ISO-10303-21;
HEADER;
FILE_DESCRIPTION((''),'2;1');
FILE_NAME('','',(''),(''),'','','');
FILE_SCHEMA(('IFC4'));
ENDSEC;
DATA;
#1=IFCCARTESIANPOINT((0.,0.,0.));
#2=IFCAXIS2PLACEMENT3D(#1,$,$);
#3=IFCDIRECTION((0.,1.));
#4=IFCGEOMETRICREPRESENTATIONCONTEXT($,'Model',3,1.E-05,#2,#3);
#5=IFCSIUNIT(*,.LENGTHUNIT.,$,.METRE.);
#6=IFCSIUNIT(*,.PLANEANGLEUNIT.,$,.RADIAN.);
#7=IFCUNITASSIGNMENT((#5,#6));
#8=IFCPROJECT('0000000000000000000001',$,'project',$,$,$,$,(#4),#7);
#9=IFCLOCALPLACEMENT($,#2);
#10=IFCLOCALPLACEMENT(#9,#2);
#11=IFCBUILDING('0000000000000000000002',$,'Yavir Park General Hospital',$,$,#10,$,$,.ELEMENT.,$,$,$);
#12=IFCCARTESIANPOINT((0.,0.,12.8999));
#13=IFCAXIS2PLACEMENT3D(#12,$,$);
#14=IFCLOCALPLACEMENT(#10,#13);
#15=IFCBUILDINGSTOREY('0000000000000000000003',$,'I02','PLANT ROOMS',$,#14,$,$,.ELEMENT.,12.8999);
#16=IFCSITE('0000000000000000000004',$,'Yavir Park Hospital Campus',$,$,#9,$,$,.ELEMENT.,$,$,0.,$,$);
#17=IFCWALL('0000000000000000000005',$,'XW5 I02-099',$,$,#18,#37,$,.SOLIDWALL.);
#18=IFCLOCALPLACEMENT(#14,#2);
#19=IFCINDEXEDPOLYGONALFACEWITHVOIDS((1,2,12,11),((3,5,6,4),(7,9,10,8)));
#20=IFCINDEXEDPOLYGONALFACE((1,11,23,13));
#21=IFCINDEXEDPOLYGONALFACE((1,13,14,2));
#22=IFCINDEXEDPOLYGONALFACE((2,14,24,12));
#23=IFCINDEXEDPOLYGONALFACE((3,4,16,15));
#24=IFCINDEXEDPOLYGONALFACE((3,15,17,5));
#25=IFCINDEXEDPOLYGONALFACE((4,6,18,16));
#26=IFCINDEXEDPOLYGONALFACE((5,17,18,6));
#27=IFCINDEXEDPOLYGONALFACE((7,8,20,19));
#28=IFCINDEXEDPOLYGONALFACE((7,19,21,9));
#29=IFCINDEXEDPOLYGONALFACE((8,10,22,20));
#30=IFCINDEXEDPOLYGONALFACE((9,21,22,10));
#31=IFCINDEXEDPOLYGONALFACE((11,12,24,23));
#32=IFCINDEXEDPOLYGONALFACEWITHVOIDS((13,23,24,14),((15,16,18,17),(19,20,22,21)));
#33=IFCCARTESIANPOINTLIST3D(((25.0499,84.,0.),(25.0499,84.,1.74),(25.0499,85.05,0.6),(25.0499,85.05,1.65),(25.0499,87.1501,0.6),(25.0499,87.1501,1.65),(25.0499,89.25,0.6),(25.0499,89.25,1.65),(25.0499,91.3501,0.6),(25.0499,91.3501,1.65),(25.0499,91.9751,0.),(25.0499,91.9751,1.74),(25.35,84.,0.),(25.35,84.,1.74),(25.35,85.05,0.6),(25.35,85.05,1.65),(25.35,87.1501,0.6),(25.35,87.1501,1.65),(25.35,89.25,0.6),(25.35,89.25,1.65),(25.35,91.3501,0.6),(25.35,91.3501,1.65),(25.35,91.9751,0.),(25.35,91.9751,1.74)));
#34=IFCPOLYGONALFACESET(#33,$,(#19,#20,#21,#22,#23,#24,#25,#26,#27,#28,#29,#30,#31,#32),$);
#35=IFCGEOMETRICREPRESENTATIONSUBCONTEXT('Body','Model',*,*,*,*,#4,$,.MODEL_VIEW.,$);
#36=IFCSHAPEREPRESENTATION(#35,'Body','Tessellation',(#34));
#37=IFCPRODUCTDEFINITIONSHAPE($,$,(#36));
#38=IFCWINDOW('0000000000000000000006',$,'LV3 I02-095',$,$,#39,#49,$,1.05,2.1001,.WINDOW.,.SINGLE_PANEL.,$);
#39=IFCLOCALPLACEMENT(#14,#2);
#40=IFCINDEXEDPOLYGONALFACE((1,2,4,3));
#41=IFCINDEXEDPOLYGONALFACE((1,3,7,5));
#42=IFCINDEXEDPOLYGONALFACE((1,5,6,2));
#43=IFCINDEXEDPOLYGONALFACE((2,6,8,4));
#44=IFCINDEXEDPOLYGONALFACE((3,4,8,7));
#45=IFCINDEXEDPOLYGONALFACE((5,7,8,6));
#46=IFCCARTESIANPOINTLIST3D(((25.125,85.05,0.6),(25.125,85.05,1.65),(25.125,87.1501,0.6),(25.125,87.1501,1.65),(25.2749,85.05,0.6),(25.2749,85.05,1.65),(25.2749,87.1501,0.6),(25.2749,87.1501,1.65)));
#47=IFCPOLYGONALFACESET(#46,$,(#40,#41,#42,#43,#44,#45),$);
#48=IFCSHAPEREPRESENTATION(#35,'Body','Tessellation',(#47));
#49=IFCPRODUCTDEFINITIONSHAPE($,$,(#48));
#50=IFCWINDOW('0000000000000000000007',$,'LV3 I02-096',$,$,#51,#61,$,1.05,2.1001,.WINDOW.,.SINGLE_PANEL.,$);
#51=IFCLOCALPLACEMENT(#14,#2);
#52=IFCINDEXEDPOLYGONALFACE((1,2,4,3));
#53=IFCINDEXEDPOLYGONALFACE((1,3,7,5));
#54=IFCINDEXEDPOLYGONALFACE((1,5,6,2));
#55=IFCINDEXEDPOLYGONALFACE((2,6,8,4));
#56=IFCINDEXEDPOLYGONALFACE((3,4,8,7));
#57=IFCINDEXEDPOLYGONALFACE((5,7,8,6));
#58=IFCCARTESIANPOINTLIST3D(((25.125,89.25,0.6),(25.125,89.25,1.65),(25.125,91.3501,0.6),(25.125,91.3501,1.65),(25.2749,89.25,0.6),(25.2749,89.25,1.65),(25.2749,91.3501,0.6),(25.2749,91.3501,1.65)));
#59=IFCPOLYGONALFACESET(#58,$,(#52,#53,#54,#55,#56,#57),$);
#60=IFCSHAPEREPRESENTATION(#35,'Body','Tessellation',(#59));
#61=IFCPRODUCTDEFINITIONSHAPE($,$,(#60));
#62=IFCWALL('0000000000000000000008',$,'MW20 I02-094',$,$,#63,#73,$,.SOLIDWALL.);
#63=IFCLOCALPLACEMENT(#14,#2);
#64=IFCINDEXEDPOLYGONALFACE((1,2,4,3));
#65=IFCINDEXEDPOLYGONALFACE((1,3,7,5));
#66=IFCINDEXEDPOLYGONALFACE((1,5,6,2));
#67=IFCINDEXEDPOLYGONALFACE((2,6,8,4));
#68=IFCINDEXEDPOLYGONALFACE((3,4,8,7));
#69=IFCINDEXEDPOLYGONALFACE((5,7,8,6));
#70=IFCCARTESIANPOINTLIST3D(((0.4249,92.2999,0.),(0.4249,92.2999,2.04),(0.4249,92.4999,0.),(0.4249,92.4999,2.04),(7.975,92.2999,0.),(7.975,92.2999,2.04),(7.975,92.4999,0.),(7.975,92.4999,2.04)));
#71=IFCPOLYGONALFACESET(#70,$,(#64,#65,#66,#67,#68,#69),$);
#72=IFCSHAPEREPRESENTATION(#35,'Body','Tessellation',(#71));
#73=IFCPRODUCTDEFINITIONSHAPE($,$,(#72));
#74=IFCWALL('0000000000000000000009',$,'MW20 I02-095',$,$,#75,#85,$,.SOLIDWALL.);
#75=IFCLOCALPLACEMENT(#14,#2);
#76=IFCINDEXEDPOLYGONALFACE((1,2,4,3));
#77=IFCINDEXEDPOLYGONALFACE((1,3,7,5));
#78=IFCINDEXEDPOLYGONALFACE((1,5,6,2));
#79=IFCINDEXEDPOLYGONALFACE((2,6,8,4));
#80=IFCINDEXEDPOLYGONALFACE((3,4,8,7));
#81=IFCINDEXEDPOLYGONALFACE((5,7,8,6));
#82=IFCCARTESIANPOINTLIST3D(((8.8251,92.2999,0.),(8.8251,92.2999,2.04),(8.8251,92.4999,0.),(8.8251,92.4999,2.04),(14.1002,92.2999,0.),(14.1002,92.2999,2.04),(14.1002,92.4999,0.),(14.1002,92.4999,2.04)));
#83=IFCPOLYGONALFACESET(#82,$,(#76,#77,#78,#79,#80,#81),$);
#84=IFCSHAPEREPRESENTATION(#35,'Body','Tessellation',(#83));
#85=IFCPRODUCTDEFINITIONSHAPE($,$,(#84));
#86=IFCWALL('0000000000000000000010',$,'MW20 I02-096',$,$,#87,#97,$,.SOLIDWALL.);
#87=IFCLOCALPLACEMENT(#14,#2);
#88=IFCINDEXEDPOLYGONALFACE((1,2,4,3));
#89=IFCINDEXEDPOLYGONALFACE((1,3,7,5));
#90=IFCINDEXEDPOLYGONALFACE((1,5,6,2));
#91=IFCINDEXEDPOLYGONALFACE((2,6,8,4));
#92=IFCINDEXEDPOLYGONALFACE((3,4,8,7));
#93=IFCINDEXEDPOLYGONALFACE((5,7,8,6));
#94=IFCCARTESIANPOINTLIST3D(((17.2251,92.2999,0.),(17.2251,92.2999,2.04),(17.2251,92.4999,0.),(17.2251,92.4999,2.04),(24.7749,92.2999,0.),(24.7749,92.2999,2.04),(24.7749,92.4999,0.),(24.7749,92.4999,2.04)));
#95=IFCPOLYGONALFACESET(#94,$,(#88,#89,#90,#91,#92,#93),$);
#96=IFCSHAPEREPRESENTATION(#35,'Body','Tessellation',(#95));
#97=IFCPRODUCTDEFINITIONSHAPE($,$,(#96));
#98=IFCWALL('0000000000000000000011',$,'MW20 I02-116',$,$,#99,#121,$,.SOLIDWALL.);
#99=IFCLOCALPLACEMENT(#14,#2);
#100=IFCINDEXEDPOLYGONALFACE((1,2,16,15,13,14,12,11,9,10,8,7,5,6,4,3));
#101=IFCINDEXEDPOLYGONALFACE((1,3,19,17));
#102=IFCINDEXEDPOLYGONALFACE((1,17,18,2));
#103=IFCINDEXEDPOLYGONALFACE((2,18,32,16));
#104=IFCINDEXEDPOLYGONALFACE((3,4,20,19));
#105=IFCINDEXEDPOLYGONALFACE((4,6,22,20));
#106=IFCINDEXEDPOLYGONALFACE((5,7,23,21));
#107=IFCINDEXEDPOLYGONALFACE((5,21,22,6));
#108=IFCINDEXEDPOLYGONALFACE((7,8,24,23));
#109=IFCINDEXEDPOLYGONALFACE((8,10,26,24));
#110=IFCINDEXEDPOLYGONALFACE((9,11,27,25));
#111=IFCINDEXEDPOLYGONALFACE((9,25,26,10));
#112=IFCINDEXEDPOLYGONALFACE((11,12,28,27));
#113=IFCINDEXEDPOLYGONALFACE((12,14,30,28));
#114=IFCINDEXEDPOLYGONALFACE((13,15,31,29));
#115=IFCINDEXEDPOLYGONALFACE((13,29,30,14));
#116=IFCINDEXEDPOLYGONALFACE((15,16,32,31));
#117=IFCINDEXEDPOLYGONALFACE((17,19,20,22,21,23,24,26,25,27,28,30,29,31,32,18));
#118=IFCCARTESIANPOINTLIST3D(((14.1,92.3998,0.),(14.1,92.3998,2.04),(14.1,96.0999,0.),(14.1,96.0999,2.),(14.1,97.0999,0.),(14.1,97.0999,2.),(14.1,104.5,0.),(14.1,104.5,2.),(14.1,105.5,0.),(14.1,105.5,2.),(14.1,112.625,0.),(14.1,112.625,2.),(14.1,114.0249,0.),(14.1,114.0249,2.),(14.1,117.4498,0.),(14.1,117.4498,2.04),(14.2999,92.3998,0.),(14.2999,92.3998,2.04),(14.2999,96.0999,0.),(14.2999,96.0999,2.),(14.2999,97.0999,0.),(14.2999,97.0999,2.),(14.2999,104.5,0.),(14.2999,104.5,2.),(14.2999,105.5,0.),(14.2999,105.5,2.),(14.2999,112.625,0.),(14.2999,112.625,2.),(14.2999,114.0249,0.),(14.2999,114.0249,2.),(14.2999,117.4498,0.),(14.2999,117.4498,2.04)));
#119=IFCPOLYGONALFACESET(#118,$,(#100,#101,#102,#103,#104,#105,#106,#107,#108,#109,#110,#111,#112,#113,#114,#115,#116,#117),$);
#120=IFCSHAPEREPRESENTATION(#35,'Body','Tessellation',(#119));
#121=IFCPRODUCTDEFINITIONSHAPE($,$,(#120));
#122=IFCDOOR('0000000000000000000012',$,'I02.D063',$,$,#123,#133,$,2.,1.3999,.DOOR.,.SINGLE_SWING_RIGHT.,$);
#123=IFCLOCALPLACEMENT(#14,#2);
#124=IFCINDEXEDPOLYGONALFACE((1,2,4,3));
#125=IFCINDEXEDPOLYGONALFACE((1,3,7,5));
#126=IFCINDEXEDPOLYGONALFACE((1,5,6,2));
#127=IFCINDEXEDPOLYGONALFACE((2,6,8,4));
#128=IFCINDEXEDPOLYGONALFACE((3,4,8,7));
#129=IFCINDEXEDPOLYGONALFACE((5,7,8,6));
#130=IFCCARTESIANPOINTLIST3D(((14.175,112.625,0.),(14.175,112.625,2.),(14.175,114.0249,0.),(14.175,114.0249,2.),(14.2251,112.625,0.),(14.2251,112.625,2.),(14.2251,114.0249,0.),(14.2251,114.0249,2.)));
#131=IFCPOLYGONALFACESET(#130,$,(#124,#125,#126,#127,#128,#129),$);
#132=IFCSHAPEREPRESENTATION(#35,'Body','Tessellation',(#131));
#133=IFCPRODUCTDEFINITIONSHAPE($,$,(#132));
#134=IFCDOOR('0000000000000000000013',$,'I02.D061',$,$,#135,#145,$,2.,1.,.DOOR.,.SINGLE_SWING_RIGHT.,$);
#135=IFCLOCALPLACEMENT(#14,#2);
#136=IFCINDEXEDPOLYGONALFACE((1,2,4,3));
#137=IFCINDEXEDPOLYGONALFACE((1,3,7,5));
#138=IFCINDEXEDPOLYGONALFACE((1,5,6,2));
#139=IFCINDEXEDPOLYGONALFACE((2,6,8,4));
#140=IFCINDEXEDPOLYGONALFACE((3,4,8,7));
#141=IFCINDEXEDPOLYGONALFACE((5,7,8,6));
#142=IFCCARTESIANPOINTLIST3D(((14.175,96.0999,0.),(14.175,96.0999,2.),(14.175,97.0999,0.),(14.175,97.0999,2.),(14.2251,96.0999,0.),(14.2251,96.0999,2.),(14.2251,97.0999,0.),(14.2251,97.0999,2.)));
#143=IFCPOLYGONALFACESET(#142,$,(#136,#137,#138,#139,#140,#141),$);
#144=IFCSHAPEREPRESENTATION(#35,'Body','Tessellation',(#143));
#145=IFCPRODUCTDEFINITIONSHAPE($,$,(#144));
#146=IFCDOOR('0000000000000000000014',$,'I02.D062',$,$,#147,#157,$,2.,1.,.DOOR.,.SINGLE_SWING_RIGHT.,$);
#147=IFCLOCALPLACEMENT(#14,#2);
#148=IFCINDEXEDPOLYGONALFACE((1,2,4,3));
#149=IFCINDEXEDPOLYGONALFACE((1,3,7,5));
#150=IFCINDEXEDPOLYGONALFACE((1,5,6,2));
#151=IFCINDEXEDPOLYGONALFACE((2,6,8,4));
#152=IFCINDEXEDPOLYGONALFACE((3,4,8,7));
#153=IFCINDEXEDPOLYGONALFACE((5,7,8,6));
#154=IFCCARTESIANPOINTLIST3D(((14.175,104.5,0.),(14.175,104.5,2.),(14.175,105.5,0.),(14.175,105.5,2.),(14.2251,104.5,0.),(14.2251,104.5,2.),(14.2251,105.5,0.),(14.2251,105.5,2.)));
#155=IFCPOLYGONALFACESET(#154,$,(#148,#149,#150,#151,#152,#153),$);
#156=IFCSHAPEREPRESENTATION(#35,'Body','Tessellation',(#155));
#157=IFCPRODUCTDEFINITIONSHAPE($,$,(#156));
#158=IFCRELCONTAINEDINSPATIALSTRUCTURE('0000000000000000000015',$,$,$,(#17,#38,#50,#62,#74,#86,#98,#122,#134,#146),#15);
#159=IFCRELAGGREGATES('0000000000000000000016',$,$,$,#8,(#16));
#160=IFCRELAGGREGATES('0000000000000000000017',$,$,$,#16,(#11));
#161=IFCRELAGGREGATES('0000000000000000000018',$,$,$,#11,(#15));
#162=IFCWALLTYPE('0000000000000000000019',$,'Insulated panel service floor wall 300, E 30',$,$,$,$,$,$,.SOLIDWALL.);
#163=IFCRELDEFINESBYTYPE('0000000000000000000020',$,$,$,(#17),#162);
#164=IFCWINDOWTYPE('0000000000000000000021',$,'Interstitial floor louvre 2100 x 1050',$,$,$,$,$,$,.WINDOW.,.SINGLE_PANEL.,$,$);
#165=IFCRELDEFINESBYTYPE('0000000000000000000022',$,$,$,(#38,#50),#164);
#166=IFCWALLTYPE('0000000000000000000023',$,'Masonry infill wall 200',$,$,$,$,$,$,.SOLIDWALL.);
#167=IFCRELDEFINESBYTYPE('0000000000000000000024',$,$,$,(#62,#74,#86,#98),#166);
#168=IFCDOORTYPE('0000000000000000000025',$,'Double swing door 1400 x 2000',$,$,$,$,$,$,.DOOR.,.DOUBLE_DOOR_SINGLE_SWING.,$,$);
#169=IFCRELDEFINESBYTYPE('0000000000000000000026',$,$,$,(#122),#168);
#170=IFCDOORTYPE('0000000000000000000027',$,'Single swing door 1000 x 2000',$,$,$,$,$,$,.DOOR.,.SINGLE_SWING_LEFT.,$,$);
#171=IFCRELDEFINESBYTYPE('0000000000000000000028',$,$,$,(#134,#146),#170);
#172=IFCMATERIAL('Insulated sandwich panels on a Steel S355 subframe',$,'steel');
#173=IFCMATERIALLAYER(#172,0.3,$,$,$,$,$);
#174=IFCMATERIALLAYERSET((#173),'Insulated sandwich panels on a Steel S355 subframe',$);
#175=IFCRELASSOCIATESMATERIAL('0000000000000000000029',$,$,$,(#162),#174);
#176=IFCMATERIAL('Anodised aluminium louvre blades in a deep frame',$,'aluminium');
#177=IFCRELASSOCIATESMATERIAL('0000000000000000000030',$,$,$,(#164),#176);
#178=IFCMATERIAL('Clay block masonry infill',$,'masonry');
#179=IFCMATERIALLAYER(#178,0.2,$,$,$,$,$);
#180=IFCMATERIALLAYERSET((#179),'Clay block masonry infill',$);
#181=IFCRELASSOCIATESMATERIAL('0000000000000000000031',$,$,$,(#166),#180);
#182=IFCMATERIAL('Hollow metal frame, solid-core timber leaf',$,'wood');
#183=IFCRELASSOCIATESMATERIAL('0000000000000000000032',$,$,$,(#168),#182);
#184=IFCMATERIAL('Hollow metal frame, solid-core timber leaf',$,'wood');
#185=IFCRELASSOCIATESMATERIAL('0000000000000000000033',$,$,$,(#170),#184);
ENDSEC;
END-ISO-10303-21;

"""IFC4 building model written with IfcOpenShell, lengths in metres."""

from ifc_helpers import new_model, si_unit, direction, frame, frame_2d, origin, place, context, subcontext, project, spatial, rectangle, extrude, material, layer, layer_set, type_object, element, fill, save


model = new_model("IFC4")

# Units and contexts
model_context = context("Model", 3, precision=1e-05, world=origin(), true_north=direction((0.0, 1.0)))
body_context = subcontext(model_context, "Body", "Model", "MODEL_VIEW")
ifc_project = project(units=[si_unit("LENGTHUNIT", "METRE"), si_unit("PLANEANGLEUNIT", "RADIAN")], contexts=[model_context])

# Site, building, storey
site_placement = place(None, origin())
site = spatial("IfcSite", under=ifc_project, at=site_placement, Name="Yavir Park Hospital Campus", CompositionType="ELEMENT", RefElevation=0.0)
building_placement = place(site_placement, origin())
building = spatial("IfcBuilding", under=site, at=building_placement, Name="Yavir Park General Hospital", CompositionType="ELEMENT")
storey_placement = place(building_placement, frame((0.0, 0.0, 12.8999)))
storey = spatial("IfcBuildingStorey", under=building, at=storey_placement, Name="I02", Description="PLANT ROOMS", CompositionType="ELEMENT", Elevation=12.8999)

# Wall, openings, windows
ifc_material_1 = material(Name="Insulated sandwich panels on a Steel S355 subframe", Category="steel")
ifc_layer_1 = layer(ifc_material_1, 0.3)
ifc_layer_set_1 = layer_set([ifc_layer_1], Name="Insulated sandwich panels on a Steel S355 subframe")
wall_type_1 = type_object("IfcWallType", Name="Insulated panel service floor wall 300, E 30", PredefinedType="SOLIDWALL", material=ifc_layer_set_1)
ifc_material_2 = material(Name="Anodised aluminium louvre blades in a deep frame", Category="aluminium")
window_type = type_object("IfcWindowType", Name="Interstitial floor louvre 2100 x 1050", PartitioningType="SINGLE_PANEL", PredefinedType="WINDOW", material=ifc_material_2)
wall_1_placement = place(storey_placement, frame((25.2, 84.0, 0.0), z_axis=(0.0, 0.0, 1.0), x_axis=(0.0, 1.0, 0.0)))
wall_1 = element("IfcWall", 1, at=wall_1_placement, inside=storey, type_object=wall_type_1, Name="XW5 I02-099", PredefinedType="SOLIDWALL", context=body_context, shape_type="SweptSolid", body=[
    extrude(rectangle(XDim=7.9751, YDim=0.3, at=frame_2d((3.9875, 0.0))), origin(), (0.0, 0.0, 1.0), 1.74),
])
opening_1_placement = place(wall_1_placement, frame((1.05, 0.0, 0.6001)))
opening_1 = element("IfcOpeningElement", 2, at=opening_1_placement, cuts=wall_1, PredefinedType="OPENING", context=body_context, shape_type="SweptSolid", body=[
    extrude(rectangle(XDim=2.1001, YDim=1.05, at=frame_2d((1.05, 0.5249))), frame((0.0, 0.1599, 0.0), z_axis=(0.0, -1.0, 0.0), x_axis=(1.0, 0.0, 0.0)), (0.0, 0.0, 1.0), 0.3201),
])
opening_2_placement = place(wall_1_placement, frame((5.25, 0.0, 0.6001)))
opening_2 = element("IfcOpeningElement", 3, at=opening_2_placement, cuts=wall_1, PredefinedType="OPENING", context=body_context, shape_type="SweptSolid", body=[
    extrude(rectangle(XDim=2.1001, YDim=1.05, at=frame_2d((1.05, 0.5249))), frame((0.0, 0.1599, 0.0), z_axis=(0.0, -1.0, 0.0), x_axis=(1.0, 0.0, 0.0)), (0.0, 0.0, 1.0), 0.3201),
])
window_1_placement = place(opening_1_placement, origin())
window_1 = element("IfcWindow", 4, at=window_1_placement, inside=storey, type_object=window_type, Name="LV3 I02-095", OverallHeight=1.05, OverallWidth=2.1001, PartitioningType="SINGLE_PANEL", PredefinedType="WINDOW", context=body_context, shape_type="SweptSolid", body=[
    extrude(rectangle(XDim=2.1001, YDim=1.05, at=frame_2d((1.05, 0.5249))), frame((0.0, 0.075, 0.0), z_axis=(0.0, -1.0, 0.0), x_axis=(1.0, 0.0, 0.0)), (0.0, 0.0, 1.0), 0.1499),
])
fill(opening_1, window_1)
window_2_placement = place(opening_2_placement, origin())
window_2 = element("IfcWindow", 5, at=window_2_placement, inside=storey, type_object=window_type, Name="LV3 I02-096", OverallHeight=1.05, OverallWidth=2.1001, PartitioningType="SINGLE_PANEL", PredefinedType="WINDOW", context=body_context, shape_type="SweptSolid", body=[
    extrude(rectangle(XDim=2.1001, YDim=1.05, at=frame_2d((1.05, 0.5249))), frame((0.0, 0.075, 0.0), z_axis=(0.0, -1.0, 0.0), x_axis=(1.0, 0.0, 0.0)), (0.0, 0.0, 1.0), 0.1499),
])
fill(opening_2, window_2)

# Walls
ifc_material_3 = material(Name="Clay block masonry infill", Category="masonry")
ifc_layer_2 = layer(ifc_material_3, 0.2)
ifc_layer_set_2 = layer_set([ifc_layer_2], Name="Clay block masonry infill")
wall_type_2 = type_object("IfcWallType", Name="Masonry infill wall 200", PredefinedType="SOLIDWALL", material=ifc_layer_set_2)
wall_2_placement = place(storey_placement, frame((0.425, 92.3999, 0.0), z_axis=(0.0, 0.0, 1.0), x_axis=(1.0, 0.0, 0.0)))
element("IfcWall", 6, at=wall_2_placement, inside=storey, type_object=wall_type_2, Name="MW20 I02-094", PredefinedType="SOLIDWALL", context=body_context, shape_type="SweptSolid", body=[
    extrude(rectangle(XDim=7.55, YDim=0.2, at=frame_2d((3.7749, 0.0))), origin(), (0.0, 0.0, 1.0), 2.04),
])
wall_3_placement = place(storey_placement, frame((8.825, 92.3999, 0.0), z_axis=(0.0, 0.0, 1.0), x_axis=(1.0, 0.0, 0.0)))
element("IfcWall", 7, at=wall_3_placement, inside=storey, type_object=wall_type_2, Name="MW20 I02-095", PredefinedType="SOLIDWALL", context=body_context, shape_type="SweptSolid", body=[
    extrude(rectangle(XDim=5.2751, YDim=0.2, at=frame_2d((2.6377, 0.0))), origin(), (0.0, 0.0, 1.0), 2.04),
])
wall_4_placement = place(storey_placement, frame((17.2251, 92.3999, 0.0), z_axis=(0.0, 0.0, 1.0), x_axis=(1.0, 0.0, 0.0)))
element("IfcWall", 8, at=wall_4_placement, inside=storey, type_object=wall_type_2, Name="MW20 I02-096", PredefinedType="SOLIDWALL", context=body_context, shape_type="SweptSolid", body=[
    extrude(rectangle(XDim=7.5498, YDim=0.2, at=frame_2d((3.7749, 0.0))), origin(), (0.0, 0.0, 1.0), 2.04),
])

# Wall, openings, doors
wall_5_placement = place(storey_placement, frame((14.2, 92.3999, 0.0), z_axis=(0.0, 0.0, 1.0), x_axis=(0.0, 1.0, 0.0)))
wall_5 = element("IfcWall", 9, at=wall_5_placement, inside=storey, type_object=wall_type_2, Name="MW20 I02-116", PredefinedType="SOLIDWALL", context=body_context, shape_type="SweptSolid", body=[
    extrude(rectangle(XDim=25.05, YDim=0.2, at=frame_2d((12.5249, 0.0))), origin(), (0.0, 0.0, 1.0), 2.04),
])
opening_3_placement = place(wall_5_placement, frame((3.7, 0.0, 0.0)))
opening_3 = element("IfcOpeningElement", 10, at=opening_3_placement, cuts=wall_5, PredefinedType="OPENING", context=body_context, shape_type="SweptSolid", body=[
    extrude(rectangle(XDim=1.0, YDim=2.0, at=frame_2d((0.5, 1.0))), frame((0.0, 0.1099, 0.0), z_axis=(0.0, -1.0, 0.0), x_axis=(1.0, 0.0, 0.0)), (0.0, 0.0, 1.0), 0.22),
])
opening_4_placement = place(wall_5_placement, frame((12.1001, 0.0, 0.0)))
opening_4 = element("IfcOpeningElement", 11, at=opening_4_placement, cuts=wall_5, PredefinedType="OPENING", context=body_context, shape_type="SweptSolid", body=[
    extrude(rectangle(XDim=1.0, YDim=2.0, at=frame_2d((0.5, 1.0))), frame((0.0, 0.1099, 0.0), z_axis=(0.0, -1.0, 0.0), x_axis=(1.0, 0.0, 0.0)), (0.0, 0.0, 1.0), 0.22),
])
opening_5_placement = place(wall_5_placement, frame((20.2251, 0.0, 0.0)))
opening_5 = element("IfcOpeningElement", 12, at=opening_5_placement, cuts=wall_5, PredefinedType="OPENING", context=body_context, shape_type="SweptSolid", body=[
    extrude(rectangle(XDim=1.3999, YDim=2.0, at=frame_2d((0.7, 1.0))), frame((0.0, 0.1099, 0.0), z_axis=(0.0, -1.0, 0.0), x_axis=(1.0, 0.0, 0.0)), (0.0, 0.0, 1.0), 0.22),
])
ifc_material_4 = material(Name="Hollow metal frame, solid-core timber leaf", Category="wood")
door_type_1 = type_object("IfcDoorType", Name="Double swing door 1400 x 2000", OperationType="DOUBLE_DOOR_SINGLE_SWING", PredefinedType="DOOR", material=ifc_material_4)
door_1_placement = place(opening_5_placement, origin())
door_1 = element("IfcDoor", 13, at=door_1_placement, inside=storey, type_object=door_type_1, Name="I02.D063", OperationType="SINGLE_SWING_RIGHT", OverallHeight=2.0, OverallWidth=1.3999, PredefinedType="DOOR", context=body_context, shape_type="SweptSolid", body=[
    extrude(rectangle(XDim=1.3999, YDim=2.0, at=frame_2d((0.7, 1.0))), frame((0.0, 0.0249, 0.0), z_axis=(0.0, -1.0, 0.0), x_axis=(1.0, 0.0, 0.0)), (0.0, 0.0, 1.0), 0.05),
])
fill(opening_5, door_1)
ifc_material_5 = material(Name="Hollow metal frame, solid-core timber leaf", Category="wood")
door_type_2 = type_object("IfcDoorType", Name="Single swing door 1000 x 2000", OperationType="SINGLE_SWING_LEFT", PredefinedType="DOOR", material=ifc_material_5)
door_2_placement = place(opening_3_placement, origin())
door_2 = element("IfcDoor", 14, at=door_2_placement, inside=storey, type_object=door_type_2, Name="I02.D061", OperationType="SINGLE_SWING_RIGHT", OverallHeight=2.0, OverallWidth=1.0, PredefinedType="DOOR", context=body_context, shape_type="SweptSolid", body=[
    extrude(rectangle(XDim=1.0, YDim=2.0, at=frame_2d((0.5, 1.0))), frame((0.0, 0.0249, 0.0), z_axis=(0.0, -1.0, 0.0), x_axis=(1.0, 0.0, 0.0)), (0.0, 0.0, 1.0), 0.05),
])
fill(opening_3, door_2)
door_3_placement = place(opening_4_placement, origin())
door_3 = element("IfcDoor", 15, at=door_3_placement, inside=storey, type_object=door_type_2, Name="I02.D062", OperationType="SINGLE_SWING_RIGHT", OverallHeight=2.0, OverallWidth=1.0, PredefinedType="DOOR", context=body_context, shape_type="SweptSolid", body=[
    extrude(rectangle(XDim=1.0, YDim=2.0, at=frame_2d((0.5, 1.0))), frame((0.0, 0.0249, 0.0), z_axis=(0.0, -1.0, 0.0), x_axis=(1.0, 0.0, 0.0)), (0.0, 0.0, 1.0), 0.05),
])
fill(opening_4, door_3)

save(model, "model.ifc")
